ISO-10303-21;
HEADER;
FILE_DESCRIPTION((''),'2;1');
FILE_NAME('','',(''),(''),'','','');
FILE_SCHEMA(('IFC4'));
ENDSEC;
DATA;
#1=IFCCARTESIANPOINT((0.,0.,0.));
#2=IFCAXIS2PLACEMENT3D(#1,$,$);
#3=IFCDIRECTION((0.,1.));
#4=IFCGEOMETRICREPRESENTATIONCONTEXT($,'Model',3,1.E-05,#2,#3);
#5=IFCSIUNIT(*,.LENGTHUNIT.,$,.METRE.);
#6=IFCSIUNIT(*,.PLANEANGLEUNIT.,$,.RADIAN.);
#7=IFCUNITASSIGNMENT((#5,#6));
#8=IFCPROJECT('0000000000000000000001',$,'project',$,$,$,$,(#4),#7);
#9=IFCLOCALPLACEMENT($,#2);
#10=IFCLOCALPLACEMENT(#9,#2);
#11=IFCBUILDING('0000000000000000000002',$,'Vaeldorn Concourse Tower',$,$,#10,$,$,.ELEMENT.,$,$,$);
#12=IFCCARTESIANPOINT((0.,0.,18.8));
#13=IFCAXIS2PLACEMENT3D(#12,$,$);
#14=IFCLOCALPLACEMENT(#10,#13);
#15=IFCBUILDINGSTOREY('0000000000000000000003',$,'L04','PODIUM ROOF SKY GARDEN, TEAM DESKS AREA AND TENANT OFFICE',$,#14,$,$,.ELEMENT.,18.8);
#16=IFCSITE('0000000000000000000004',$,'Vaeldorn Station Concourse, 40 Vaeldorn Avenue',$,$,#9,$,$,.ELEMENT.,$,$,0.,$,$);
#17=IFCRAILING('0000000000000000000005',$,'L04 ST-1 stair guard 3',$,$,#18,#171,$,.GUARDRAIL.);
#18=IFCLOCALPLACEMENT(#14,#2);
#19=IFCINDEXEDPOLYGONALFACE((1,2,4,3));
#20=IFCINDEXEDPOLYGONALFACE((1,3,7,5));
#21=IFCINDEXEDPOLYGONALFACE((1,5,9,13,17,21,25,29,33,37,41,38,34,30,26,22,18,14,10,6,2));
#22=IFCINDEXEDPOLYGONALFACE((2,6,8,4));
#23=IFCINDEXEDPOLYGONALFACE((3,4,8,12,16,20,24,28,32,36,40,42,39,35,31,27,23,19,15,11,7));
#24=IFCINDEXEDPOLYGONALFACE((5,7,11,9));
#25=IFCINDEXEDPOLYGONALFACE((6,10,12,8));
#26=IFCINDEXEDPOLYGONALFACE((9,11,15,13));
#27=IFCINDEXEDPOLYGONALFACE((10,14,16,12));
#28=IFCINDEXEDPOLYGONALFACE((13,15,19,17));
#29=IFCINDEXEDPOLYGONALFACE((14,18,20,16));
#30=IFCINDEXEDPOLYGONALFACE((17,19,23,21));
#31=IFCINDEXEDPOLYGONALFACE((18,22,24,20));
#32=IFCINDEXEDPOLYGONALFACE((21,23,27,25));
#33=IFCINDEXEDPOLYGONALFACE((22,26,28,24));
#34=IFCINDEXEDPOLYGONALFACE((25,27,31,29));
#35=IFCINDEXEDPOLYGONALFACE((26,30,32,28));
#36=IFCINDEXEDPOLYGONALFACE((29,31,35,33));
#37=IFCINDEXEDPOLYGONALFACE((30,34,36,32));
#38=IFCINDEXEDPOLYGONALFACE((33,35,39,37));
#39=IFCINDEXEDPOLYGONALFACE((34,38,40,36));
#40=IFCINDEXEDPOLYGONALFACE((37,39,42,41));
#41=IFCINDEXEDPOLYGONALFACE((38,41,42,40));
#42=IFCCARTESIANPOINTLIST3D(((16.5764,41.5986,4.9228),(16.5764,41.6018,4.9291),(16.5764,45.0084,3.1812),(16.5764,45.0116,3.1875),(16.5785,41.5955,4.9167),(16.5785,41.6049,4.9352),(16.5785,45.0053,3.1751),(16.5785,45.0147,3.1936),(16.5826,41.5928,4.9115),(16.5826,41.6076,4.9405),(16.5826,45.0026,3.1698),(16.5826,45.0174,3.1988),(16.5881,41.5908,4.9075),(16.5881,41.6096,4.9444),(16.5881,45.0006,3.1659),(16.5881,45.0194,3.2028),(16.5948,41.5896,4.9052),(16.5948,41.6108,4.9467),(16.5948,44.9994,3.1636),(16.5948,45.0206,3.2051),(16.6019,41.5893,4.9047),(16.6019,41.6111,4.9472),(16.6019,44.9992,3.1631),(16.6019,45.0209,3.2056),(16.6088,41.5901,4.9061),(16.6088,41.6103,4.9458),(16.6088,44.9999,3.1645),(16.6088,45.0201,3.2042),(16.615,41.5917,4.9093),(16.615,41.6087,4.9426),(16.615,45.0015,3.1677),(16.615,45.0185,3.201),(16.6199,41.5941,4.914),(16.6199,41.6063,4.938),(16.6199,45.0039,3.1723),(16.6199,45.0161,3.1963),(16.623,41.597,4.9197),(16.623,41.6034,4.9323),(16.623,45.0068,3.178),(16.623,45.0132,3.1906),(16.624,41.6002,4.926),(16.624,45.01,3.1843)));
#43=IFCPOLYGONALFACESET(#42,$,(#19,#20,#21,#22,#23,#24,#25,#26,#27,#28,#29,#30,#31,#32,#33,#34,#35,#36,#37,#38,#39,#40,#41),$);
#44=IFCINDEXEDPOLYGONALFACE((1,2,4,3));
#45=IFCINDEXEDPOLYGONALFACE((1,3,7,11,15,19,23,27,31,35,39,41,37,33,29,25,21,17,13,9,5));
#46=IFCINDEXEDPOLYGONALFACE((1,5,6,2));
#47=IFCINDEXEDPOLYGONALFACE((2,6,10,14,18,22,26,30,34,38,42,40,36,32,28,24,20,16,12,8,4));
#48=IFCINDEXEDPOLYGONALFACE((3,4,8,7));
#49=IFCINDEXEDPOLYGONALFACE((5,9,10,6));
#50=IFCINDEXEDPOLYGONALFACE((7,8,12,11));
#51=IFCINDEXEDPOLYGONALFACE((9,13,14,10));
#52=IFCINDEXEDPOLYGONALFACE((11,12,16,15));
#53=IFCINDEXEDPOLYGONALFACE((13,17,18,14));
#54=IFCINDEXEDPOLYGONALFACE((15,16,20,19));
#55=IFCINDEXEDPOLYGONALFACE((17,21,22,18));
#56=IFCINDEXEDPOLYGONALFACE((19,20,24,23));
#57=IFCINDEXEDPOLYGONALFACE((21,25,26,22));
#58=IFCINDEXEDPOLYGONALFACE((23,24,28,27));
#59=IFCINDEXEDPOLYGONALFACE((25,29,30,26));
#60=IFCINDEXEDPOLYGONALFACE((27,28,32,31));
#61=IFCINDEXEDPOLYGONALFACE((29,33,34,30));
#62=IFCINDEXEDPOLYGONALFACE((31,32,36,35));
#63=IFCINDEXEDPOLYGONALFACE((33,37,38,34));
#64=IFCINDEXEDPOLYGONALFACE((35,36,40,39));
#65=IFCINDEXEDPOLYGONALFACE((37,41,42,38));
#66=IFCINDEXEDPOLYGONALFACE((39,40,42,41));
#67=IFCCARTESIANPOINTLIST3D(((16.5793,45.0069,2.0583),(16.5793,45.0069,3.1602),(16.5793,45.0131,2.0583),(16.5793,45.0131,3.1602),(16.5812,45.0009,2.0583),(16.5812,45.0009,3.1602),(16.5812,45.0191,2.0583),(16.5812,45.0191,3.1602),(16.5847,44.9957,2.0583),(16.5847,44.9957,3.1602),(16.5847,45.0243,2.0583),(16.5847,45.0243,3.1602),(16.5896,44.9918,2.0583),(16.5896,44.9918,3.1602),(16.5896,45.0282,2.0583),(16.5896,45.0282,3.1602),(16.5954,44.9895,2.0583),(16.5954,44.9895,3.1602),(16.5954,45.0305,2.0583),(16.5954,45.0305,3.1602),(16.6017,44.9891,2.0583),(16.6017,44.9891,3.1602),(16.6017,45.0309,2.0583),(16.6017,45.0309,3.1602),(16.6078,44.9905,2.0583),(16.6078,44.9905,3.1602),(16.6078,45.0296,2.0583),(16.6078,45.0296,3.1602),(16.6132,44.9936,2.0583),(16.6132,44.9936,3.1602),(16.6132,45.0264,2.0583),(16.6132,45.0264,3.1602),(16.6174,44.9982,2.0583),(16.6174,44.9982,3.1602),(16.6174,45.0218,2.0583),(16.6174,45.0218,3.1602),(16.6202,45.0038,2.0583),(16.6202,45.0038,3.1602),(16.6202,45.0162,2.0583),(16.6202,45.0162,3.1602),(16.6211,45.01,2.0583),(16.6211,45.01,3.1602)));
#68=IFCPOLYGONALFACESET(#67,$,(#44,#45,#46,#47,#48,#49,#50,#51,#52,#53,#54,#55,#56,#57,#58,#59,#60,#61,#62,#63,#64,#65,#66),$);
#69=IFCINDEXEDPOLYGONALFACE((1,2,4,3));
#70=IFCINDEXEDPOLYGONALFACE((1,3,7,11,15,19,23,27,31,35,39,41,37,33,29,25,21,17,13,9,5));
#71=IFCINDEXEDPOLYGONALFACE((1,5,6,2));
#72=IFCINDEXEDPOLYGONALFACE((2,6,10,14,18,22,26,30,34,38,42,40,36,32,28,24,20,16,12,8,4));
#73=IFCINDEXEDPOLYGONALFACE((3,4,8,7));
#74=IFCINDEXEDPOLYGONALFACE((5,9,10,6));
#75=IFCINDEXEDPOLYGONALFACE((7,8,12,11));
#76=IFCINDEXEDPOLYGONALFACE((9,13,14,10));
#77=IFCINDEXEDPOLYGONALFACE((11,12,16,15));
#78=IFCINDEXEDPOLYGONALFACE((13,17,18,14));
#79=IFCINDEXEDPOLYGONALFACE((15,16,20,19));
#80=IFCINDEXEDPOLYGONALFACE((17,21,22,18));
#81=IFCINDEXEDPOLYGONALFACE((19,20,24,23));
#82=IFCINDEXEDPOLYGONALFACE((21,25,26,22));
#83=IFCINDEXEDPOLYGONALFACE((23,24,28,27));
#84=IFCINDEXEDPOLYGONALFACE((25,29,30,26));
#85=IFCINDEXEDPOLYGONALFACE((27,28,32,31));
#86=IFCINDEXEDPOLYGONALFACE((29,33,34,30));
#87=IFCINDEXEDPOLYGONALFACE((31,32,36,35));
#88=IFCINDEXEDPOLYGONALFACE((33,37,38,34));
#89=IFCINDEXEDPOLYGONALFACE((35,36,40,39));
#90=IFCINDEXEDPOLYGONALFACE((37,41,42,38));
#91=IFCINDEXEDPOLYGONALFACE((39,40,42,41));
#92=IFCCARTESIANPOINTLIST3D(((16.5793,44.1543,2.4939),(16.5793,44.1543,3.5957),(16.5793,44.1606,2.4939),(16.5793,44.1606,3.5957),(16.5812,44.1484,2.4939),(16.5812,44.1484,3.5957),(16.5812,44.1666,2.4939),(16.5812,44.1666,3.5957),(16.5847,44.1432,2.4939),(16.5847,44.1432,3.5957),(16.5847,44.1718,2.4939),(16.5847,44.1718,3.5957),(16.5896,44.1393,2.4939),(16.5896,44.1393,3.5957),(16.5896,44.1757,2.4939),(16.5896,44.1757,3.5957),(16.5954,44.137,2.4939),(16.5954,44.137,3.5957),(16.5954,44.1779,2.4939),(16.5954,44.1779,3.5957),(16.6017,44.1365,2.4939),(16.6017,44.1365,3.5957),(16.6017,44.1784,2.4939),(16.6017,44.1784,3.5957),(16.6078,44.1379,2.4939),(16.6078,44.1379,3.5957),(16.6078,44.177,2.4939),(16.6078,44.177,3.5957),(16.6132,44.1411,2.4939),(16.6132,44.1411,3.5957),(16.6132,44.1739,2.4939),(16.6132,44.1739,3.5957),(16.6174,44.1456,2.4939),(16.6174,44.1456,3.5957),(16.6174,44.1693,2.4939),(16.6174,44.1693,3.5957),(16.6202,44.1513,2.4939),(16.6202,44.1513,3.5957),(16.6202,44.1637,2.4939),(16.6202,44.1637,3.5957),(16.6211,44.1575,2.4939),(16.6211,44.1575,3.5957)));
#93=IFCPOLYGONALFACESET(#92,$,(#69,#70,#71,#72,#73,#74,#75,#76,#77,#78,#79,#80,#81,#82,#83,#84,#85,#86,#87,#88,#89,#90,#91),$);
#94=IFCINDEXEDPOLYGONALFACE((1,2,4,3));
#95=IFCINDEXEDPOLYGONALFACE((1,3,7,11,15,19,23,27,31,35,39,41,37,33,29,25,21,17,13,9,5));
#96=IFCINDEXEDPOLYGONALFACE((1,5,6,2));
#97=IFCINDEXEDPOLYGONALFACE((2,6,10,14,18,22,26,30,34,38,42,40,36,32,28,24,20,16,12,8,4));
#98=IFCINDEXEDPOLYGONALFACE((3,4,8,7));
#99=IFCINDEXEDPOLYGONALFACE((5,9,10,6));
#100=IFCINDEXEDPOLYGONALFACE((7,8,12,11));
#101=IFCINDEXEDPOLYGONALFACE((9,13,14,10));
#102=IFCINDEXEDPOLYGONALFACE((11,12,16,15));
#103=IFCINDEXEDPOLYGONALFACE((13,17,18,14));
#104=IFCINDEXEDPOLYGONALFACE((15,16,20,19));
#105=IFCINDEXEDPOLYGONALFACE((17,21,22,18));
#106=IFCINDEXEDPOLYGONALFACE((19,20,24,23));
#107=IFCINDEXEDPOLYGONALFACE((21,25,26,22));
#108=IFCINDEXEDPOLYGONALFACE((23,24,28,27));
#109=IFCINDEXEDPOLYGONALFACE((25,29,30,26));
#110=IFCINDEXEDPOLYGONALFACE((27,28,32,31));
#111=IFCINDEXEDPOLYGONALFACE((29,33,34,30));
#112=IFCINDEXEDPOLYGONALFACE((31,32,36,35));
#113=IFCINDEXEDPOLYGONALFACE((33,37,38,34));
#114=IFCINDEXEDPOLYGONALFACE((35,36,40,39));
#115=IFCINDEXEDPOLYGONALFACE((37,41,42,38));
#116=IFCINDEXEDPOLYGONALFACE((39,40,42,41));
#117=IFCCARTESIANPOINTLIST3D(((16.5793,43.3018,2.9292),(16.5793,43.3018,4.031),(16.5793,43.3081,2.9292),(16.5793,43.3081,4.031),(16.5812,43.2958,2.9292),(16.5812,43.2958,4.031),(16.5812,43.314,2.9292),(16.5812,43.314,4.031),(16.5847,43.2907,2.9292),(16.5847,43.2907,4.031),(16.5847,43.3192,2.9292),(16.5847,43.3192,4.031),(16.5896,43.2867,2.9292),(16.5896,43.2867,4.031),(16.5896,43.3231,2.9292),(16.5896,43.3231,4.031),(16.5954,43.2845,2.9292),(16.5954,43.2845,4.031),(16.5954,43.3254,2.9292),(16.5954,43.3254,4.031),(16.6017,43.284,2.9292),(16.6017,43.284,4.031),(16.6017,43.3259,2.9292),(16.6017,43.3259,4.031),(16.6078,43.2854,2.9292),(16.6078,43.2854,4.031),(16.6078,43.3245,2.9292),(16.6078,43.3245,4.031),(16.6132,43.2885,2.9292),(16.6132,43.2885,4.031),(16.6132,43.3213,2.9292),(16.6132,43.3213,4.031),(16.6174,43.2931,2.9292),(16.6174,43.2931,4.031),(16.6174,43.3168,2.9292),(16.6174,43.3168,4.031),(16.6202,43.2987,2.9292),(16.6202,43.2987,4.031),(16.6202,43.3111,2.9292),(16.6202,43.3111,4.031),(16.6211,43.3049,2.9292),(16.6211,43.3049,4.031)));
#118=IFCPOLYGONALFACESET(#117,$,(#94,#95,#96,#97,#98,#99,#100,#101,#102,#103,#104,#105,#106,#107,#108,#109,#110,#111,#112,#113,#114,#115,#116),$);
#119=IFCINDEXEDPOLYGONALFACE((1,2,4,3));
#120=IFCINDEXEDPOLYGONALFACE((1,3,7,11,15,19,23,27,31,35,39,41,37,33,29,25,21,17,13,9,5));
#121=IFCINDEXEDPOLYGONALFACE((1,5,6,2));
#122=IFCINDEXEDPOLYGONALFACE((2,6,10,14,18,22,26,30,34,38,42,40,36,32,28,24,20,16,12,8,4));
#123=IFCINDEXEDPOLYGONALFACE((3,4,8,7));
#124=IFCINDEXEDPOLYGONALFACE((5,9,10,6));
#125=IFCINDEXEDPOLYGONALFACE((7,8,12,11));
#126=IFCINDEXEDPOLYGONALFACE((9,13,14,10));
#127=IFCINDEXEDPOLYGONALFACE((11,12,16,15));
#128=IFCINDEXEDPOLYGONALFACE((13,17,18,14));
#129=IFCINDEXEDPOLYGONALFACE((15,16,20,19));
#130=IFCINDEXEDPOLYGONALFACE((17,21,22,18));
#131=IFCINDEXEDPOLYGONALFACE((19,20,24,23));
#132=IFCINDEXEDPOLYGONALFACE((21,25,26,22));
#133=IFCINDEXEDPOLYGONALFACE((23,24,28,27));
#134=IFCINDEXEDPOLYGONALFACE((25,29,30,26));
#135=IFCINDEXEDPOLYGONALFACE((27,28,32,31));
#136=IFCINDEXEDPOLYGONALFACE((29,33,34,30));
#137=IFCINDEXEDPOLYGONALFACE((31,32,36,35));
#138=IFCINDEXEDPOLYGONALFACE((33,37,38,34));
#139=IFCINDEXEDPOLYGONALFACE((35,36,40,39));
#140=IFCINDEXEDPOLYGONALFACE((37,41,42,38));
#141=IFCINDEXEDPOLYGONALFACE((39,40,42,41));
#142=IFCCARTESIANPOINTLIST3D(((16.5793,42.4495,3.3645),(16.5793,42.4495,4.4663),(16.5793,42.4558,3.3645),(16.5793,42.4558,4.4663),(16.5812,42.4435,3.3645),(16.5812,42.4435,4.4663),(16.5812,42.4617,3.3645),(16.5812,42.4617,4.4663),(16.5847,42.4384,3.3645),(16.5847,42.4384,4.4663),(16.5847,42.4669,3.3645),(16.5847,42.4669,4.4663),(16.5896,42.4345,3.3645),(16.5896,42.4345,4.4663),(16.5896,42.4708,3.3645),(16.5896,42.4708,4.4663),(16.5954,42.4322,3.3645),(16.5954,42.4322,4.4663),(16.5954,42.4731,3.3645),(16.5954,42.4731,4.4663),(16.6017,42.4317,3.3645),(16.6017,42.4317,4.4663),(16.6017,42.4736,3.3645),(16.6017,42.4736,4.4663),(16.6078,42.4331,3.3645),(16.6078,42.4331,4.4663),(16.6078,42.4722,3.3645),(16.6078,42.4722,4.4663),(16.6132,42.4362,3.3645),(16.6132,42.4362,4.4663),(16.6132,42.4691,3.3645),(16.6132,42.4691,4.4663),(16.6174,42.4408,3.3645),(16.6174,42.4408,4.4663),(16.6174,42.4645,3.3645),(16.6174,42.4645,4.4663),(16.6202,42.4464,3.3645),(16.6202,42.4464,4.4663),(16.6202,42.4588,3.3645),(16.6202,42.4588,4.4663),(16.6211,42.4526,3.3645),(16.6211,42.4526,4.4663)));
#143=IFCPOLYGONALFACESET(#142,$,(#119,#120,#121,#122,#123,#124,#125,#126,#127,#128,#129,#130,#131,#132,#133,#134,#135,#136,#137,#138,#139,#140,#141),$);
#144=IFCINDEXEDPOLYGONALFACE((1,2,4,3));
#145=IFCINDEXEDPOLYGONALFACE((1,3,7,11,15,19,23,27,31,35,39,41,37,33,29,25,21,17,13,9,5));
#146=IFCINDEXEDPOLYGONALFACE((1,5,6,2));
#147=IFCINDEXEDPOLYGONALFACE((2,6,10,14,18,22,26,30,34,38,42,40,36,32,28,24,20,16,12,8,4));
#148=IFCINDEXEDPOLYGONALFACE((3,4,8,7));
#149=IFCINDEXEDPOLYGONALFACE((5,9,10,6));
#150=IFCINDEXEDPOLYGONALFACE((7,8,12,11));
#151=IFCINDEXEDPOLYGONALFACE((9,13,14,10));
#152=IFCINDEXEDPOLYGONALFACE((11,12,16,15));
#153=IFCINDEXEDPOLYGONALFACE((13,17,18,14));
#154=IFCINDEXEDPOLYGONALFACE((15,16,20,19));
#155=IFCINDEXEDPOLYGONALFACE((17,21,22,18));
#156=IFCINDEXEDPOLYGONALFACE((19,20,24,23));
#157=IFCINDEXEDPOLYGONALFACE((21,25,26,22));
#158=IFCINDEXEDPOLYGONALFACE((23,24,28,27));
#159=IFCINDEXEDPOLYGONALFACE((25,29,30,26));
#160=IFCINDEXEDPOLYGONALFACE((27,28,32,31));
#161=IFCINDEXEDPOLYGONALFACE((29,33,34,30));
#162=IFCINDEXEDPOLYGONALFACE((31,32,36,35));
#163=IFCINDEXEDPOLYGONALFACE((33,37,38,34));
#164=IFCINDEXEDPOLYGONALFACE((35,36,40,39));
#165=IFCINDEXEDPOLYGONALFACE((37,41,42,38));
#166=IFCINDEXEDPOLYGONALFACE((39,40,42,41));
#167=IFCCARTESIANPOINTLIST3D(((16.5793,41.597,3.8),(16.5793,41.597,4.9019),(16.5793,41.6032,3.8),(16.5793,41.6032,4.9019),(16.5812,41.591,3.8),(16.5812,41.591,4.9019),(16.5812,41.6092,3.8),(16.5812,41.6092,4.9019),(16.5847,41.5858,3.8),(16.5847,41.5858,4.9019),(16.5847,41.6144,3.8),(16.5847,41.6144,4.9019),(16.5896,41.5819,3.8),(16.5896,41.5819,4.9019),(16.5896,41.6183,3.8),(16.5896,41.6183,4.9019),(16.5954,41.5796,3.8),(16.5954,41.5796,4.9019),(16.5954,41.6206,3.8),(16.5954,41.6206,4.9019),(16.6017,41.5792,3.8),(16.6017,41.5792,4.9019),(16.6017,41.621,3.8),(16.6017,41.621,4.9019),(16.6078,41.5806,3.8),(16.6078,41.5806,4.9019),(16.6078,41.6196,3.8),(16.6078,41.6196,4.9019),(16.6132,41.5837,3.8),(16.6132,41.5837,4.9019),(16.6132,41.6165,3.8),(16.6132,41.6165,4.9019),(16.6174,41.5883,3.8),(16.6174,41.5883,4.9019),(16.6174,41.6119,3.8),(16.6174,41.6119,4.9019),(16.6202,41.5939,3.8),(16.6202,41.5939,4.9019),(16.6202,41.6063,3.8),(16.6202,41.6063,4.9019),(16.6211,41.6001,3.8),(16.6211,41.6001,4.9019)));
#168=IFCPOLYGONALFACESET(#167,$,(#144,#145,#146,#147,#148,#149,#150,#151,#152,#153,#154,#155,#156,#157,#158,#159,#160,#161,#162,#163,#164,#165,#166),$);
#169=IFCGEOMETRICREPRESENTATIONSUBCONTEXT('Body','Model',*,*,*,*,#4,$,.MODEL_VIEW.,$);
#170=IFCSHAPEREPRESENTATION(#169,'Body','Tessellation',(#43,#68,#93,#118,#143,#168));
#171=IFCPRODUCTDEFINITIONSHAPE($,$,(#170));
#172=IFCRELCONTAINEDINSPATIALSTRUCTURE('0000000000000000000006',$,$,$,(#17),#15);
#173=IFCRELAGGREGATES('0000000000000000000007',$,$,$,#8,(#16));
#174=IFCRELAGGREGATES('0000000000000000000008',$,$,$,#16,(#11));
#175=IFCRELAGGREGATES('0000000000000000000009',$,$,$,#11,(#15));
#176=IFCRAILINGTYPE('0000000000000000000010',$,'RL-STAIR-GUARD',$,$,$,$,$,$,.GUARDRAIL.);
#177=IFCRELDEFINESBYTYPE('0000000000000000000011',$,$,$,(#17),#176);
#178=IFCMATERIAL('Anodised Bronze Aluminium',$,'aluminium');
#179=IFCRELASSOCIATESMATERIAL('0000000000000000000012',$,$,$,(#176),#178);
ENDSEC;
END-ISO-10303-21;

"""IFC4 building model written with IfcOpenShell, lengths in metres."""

from ifc_helpers import new_model, si_unit, direction, frame, origin, origin_2d, place, context, subcontext, project, spatial, circle, extrude, material, type_object, element, save


model = new_model("IFC4")

# Units and contexts
model_context = context("Model", 3, precision=1e-05, world=origin(), true_north=direction((0.0, 1.0)))
body_context = subcontext(model_context, "Body", "Model", "MODEL_VIEW")
ifc_project = project(units=[si_unit("LENGTHUNIT", "METRE"), si_unit("PLANEANGLEUNIT", "RADIAN")], contexts=[model_context])

# Site, building, storey
site_placement = place(None, origin())
site = spatial("IfcSite", under=ifc_project, at=site_placement, Name="Vaeldorn Station Concourse, 40 Vaeldorn Avenue", CompositionType="ELEMENT", RefElevation=0.0)
building_placement = place(site_placement, origin())
building = spatial("IfcBuilding", under=site, at=building_placement, Name="Vaeldorn Concourse Tower", CompositionType="ELEMENT")
storey_placement = place(building_placement, frame((0.0, 0.0, 18.8)))
storey = spatial("IfcBuildingStorey", under=building, at=storey_placement, Name="L04", Description="PODIUM ROOF SKY GARDEN, TEAM DESKS AREA AND TENANT OFFICE", CompositionType="ELEMENT", Elevation=18.8)

# Shared definitions
ifc_material_1 = material(Name="Anodised Bronze Aluminium", Category="aluminium")

# Railing
railing_type_1 = type_object("IfcRailingType", Name="RL-STAIR-GUARD", PredefinedType="GUARDRAIL", material=ifc_material_1)
railing_1_placement = place(storey_placement, frame((16.6001, 45.01, 2.0583)))
element("IfcRailing", 1, at=railing_1_placement, inside=storey, type_object=railing_type_1, Name="L04 ST-1 stair guard 3", PredefinedType="GUARDRAIL", context=body_context, shape_type="SweptSolid", body=[
    extrude(circle(Radius=0.0239, at=origin_2d()), frame((0.0, 0.0, 1.126), z_axis=(0.0, -0.890556, 0.454874), x_axis=(1.0, 0.0, 0.0)), (0.0, 0.0, 1.0), 3.8289),
    extrude(circle(Radius=0.021, at=origin_2d()), origin(), (0.0, 0.0, 1.0), 1.1018),
    extrude(circle(Radius=0.021, at=origin_2d()), frame((0.0, -0.8525, 0.4355)), (0.0, 0.0, 1.0), 1.1018),
    extrude(circle(Radius=0.021, at=origin_2d()), frame((0.0, -1.7051, 0.8708)), (0.0, 0.0, 1.0), 1.1018),
    extrude(circle(Radius=0.021, at=origin_2d()), frame((0.0, -2.5574, 1.3062)), (0.0, 0.0, 1.0), 1.1018),
    extrude(circle(Radius=0.021, at=origin_2d()), frame((0.0, -3.4099, 1.7417)), (0.0, 0.0, 1.0), 1.1018),
])

save(model, "model.ifc")
